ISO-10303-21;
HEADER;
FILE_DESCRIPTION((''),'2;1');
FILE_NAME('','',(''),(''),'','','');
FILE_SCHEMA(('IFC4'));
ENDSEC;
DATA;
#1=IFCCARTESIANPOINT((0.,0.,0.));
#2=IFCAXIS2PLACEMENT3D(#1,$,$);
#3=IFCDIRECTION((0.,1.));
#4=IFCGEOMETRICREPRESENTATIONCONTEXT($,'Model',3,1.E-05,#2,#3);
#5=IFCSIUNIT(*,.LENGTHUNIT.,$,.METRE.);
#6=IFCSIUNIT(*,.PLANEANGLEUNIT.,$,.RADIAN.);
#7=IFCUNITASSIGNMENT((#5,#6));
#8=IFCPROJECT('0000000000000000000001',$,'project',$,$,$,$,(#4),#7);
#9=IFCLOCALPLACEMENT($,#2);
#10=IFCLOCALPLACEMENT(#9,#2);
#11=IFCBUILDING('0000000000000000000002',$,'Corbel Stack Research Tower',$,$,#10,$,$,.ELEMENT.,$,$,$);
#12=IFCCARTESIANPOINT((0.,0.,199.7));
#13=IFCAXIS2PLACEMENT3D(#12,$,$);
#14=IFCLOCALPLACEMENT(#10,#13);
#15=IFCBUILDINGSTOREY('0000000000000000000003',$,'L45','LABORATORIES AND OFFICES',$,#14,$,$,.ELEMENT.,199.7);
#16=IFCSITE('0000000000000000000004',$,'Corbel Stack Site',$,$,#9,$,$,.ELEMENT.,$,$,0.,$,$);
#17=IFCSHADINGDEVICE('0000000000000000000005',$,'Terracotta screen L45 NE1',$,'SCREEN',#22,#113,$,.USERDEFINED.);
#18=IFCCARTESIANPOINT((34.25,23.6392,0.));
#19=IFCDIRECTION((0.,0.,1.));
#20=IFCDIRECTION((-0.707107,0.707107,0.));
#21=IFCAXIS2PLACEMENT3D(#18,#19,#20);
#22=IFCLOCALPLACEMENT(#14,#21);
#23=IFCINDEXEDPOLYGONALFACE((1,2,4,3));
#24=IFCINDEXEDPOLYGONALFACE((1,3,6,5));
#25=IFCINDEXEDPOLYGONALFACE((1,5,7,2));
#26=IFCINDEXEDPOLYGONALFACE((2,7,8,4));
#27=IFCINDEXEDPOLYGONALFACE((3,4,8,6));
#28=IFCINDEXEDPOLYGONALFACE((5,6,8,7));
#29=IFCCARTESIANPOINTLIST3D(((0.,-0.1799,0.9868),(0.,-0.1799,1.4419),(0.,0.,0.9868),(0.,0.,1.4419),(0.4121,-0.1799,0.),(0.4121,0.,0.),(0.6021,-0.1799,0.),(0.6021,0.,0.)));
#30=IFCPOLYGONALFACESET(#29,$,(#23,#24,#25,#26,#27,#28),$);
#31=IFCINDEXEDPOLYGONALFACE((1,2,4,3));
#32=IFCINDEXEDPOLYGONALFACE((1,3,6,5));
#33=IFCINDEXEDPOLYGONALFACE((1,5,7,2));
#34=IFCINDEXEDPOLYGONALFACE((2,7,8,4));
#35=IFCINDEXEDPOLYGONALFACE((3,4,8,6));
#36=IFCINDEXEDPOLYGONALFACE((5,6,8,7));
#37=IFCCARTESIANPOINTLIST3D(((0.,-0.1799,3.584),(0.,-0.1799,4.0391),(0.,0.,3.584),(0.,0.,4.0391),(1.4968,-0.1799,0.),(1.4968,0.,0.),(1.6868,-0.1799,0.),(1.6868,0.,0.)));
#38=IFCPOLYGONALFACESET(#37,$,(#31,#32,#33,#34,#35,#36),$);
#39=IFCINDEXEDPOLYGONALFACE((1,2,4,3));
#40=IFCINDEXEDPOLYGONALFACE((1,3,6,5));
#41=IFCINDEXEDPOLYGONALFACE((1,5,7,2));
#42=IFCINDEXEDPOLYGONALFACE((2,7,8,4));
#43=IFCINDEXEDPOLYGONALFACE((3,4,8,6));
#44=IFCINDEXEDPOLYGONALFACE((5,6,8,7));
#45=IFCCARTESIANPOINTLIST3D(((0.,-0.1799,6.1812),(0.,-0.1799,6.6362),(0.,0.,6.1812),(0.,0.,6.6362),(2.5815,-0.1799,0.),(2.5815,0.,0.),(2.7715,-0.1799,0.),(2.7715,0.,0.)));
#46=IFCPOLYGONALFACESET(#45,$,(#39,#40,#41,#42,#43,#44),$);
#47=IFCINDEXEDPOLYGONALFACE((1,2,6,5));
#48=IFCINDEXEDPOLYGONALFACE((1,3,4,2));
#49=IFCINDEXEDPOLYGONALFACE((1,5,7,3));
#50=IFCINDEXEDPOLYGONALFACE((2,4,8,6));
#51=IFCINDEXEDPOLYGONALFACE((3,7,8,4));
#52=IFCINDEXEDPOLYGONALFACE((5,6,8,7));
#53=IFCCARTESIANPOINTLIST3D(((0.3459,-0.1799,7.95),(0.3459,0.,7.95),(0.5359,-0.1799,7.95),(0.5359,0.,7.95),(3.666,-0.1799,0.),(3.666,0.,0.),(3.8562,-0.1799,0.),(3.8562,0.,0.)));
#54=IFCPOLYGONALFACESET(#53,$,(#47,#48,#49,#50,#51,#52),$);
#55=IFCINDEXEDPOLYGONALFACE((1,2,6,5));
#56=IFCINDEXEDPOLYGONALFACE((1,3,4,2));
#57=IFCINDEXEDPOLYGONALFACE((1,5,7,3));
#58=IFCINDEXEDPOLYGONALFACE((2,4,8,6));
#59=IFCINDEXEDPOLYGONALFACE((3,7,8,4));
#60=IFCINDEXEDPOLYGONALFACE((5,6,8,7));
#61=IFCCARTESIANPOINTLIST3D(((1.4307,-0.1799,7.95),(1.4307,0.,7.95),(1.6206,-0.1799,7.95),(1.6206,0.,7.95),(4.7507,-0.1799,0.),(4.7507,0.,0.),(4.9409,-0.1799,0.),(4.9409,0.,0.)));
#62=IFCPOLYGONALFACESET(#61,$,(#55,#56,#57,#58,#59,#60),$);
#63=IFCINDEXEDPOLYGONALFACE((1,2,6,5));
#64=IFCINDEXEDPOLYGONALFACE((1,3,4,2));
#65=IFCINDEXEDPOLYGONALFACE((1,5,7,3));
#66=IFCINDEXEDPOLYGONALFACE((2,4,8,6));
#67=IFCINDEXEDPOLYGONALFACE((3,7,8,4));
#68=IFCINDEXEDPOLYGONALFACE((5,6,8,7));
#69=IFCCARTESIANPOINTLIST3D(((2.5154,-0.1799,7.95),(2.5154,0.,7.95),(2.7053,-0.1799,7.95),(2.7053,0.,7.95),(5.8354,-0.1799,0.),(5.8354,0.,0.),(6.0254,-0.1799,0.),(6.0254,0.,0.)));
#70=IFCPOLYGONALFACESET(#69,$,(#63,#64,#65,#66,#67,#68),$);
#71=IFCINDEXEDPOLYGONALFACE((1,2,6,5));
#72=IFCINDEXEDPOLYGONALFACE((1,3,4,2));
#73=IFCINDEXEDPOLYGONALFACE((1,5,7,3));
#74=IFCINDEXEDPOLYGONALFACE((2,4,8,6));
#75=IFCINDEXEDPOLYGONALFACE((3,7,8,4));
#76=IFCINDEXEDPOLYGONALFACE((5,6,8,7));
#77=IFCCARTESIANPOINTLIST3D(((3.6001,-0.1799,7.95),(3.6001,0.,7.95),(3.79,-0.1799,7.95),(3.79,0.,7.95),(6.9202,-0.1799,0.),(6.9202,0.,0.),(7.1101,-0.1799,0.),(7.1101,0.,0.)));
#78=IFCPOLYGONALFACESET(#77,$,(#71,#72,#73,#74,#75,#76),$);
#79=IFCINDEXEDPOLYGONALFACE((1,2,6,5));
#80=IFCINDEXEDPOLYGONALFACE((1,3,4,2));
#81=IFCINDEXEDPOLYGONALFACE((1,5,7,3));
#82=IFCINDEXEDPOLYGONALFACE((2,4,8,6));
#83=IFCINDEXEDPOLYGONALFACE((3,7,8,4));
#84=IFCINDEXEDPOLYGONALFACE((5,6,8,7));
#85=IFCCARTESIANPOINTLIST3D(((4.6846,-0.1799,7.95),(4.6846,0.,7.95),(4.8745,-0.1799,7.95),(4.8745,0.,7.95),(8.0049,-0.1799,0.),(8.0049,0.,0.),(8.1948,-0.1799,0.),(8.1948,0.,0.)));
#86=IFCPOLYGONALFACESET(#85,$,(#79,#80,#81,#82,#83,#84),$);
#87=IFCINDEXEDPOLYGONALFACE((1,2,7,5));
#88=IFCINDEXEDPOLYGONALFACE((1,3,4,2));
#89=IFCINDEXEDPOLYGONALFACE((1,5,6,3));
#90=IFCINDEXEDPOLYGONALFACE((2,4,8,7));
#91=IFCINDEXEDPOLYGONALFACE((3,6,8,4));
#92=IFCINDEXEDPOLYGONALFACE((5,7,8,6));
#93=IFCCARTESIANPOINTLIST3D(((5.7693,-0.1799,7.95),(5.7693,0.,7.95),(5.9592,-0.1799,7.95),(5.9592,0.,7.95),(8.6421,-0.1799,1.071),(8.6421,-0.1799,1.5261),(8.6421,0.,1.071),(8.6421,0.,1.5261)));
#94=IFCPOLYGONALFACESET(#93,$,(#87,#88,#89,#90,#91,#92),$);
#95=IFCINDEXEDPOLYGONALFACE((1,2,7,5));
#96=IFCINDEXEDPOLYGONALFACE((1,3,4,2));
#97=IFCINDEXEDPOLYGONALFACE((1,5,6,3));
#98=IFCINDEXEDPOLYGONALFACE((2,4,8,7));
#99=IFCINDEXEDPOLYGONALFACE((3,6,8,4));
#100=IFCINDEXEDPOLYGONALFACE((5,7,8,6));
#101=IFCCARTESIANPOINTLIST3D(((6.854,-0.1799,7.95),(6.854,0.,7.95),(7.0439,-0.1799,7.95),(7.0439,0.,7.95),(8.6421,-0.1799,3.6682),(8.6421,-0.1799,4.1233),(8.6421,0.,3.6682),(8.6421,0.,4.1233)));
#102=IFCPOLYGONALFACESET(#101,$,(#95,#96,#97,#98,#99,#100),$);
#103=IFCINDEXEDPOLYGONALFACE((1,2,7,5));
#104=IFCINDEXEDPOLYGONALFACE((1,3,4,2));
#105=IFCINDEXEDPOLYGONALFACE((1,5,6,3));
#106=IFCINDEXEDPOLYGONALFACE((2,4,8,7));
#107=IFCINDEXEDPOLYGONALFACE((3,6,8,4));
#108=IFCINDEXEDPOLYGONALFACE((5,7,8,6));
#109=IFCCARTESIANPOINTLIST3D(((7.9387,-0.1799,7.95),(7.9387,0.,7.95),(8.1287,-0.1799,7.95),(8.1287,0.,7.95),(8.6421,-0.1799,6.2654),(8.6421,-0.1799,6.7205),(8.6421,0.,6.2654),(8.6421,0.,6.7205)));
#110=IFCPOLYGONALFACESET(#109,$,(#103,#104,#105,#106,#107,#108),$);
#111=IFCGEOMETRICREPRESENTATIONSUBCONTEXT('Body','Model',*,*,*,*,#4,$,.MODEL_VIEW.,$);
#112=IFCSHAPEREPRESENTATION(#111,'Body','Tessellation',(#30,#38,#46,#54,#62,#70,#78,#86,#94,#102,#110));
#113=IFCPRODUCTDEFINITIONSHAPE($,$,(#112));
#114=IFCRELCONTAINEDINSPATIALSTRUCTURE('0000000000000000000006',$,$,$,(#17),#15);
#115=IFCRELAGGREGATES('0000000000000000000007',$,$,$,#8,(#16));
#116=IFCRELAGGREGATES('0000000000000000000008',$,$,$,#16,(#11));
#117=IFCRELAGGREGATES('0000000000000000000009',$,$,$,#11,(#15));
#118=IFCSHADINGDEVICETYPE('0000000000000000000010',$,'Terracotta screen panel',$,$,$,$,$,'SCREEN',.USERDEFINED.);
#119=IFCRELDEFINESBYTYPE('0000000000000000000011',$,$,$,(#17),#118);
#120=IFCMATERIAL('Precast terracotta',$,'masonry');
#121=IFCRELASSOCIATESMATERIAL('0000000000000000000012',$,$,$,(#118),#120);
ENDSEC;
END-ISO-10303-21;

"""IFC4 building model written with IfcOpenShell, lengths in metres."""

from ifc_helpers import new_model, si_unit, direction, frame, origin, place, context, subcontext, project, spatial, polyline, outline, extrude, source, transform, mapped, material, type_object, element, save


model = new_model("IFC4")

# Units and contexts
model_context = context("Model", 3, precision=1e-05, world=origin(), true_north=direction((0.0, 1.0)))
body_context = subcontext(model_context, "Body", "Model", "MODEL_VIEW")
ifc_project = project(units=[si_unit("LENGTHUNIT", "METRE"), si_unit("PLANEANGLEUNIT", "RADIAN")], contexts=[model_context])

# Site, building, storey
site_placement = place(None, origin())
site = spatial("IfcSite", under=ifc_project, at=site_placement, Name="Corbel Stack Site", CompositionType="ELEMENT", RefElevation=0.0)
building_placement = place(site_placement, origin())
building = spatial("IfcBuilding", under=site, at=building_placement, Name="Corbel Stack Research Tower", CompositionType="ELEMENT")
storey_placement = place(building_placement, frame((0.0, 0.0, 199.7)))
storey = spatial("IfcBuildingStorey", under=building, at=storey_placement, Name="L45", Description="LABORATORIES AND OFFICES", CompositionType="ELEMENT", Elevation=199.7)

# Shading device
ifc_material_1 = material(Name="Precast terracotta", Category="masonry")
shading_device_type = type_object("IfcShadingDeviceType", Name="Terracotta screen panel", ElementType="SCREEN", PredefinedType="USERDEFINED", material=ifc_material_1)
shared_shape_1 = source(origin(), body_context, "Body", "SweptSolid", [
    extrude(outline(polyline([(0.6021, 0.0), (0.0, 1.4419), (0.0, 0.9868), (0.4121, 0.0), (0.6021, 0.0)])), frame((0.0, 0.0, 0.0), z_axis=(0.0, -1.0, 0.0), x_axis=(1.0, 0.0, 0.0)), (0.0, 0.0, 1.0), 0.1799),
    extrude(outline(polyline([(1.6868, 0.0), (0.0, 4.0391), (0.0, 3.584), (1.4968, 0.0), (1.6868, 0.0)])), frame((0.0, 0.0, 0.0), z_axis=(0.0, -1.0, 0.0), x_axis=(1.0, 0.0, 0.0)), (0.0, 0.0, 1.0), 0.1799),
    extrude(outline(polyline([(2.7715, 0.0), (0.0, 6.6362), (0.0, 6.1812), (2.5815, 0.0), (2.7715, 0.0)])), frame((0.0, 0.0, 0.0), z_axis=(0.0, -1.0, 0.0), x_axis=(1.0, 0.0, 0.0)), (0.0, 0.0, 1.0), 0.1799),
    extrude(outline(polyline([(3.8562, 0.0), (0.5359, 7.95), (0.3459, 7.95), (3.666, 0.0), (3.8562, 0.0)])), frame((0.0, 0.0, 0.0), z_axis=(0.0, -1.0, 0.0), x_axis=(1.0, 0.0, 0.0)), (0.0, 0.0, 1.0), 0.1799),
    extrude(outline(polyline([(4.9409, 0.0), (1.6206, 7.95), (1.4307, 7.95), (4.7507, 0.0), (4.9409, 0.0)])), frame((0.0, 0.0, 0.0), z_axis=(0.0, -1.0, 0.0), x_axis=(1.0, 0.0, 0.0)), (0.0, 0.0, 1.0), 0.1799),
    extrude(outline(polyline([(6.0254, 0.0), (2.7053, 7.95), (2.5154, 7.95), (5.8354, 0.0), (6.0254, 0.0)])), frame((0.0, 0.0, 0.0), z_axis=(0.0, -1.0, 0.0), x_axis=(1.0, 0.0, 0.0)), (0.0, 0.0, 1.0), 0.1799),
    extrude(outline(polyline([(7.1101, 0.0), (3.79, 7.95), (3.6001, 7.95), (6.9202, 0.0), (7.1101, 0.0)])), frame((0.0, 0.0, 0.0), z_axis=(0.0, -1.0, 0.0), x_axis=(1.0, 0.0, 0.0)), (0.0, 0.0, 1.0), 0.1799),
    extrude(outline(polyline([(8.1948, 0.0), (4.8745, 7.95), (4.6846, 7.95), (8.0049, 0.0), (8.1948, 0.0)])), frame((0.0, 0.0, 0.0), z_axis=(0.0, -1.0, 0.0), x_axis=(1.0, 0.0, 0.0)), (0.0, 0.0, 1.0), 0.1799),
    extrude(outline(polyline([(5.9592, 7.95), (5.7693, 7.95), (8.6421, 1.071), (8.6421, 1.5261), (5.9592, 7.95)])), frame((0.0, 0.0, 0.0), z_axis=(0.0, -1.0, 0.0), x_axis=(1.0, 0.0, 0.0)), (0.0, 0.0, 1.0), 0.1799),
    extrude(outline(polyline([(7.0439, 7.95), (6.854, 7.95), (8.6421, 3.6682), (8.6421, 4.1233), (7.0439, 7.95)])), frame((0.0, 0.0, 0.0), z_axis=(0.0, -1.0, 0.0), x_axis=(1.0, 0.0, 0.0)), (0.0, 0.0, 1.0), 0.1799),
    extrude(outline(polyline([(8.1287, 7.95), (7.9387, 7.95), (8.6421, 6.2654), (8.6421, 6.7205), (8.1287, 7.95)])), frame((0.0, 0.0, 0.0), z_axis=(0.0, -1.0, 0.0), x_axis=(1.0, 0.0, 0.0)), (0.0, 0.0, 1.0), 0.1799),
])
shading_device_1_placement = place(storey_placement, frame((34.25, 23.6392, 0.0), z_axis=(0.0, 0.0, 1.0), x_axis=(-0.707107, 0.707107, 0.0)))
element("IfcShadingDevice", 1, at=shading_device_1_placement, inside=storey, type_object=shading_device_type, Name="Terracotta screen L45 NE1", ObjectType="SCREEN", PredefinedType="USERDEFINED", context=body_context, shape_type="MappedRepresentation", body=[
    mapped(shared_shape_1, transform((0.0, 0.0, 0.0))),
])

save(model, "model.ifc")
